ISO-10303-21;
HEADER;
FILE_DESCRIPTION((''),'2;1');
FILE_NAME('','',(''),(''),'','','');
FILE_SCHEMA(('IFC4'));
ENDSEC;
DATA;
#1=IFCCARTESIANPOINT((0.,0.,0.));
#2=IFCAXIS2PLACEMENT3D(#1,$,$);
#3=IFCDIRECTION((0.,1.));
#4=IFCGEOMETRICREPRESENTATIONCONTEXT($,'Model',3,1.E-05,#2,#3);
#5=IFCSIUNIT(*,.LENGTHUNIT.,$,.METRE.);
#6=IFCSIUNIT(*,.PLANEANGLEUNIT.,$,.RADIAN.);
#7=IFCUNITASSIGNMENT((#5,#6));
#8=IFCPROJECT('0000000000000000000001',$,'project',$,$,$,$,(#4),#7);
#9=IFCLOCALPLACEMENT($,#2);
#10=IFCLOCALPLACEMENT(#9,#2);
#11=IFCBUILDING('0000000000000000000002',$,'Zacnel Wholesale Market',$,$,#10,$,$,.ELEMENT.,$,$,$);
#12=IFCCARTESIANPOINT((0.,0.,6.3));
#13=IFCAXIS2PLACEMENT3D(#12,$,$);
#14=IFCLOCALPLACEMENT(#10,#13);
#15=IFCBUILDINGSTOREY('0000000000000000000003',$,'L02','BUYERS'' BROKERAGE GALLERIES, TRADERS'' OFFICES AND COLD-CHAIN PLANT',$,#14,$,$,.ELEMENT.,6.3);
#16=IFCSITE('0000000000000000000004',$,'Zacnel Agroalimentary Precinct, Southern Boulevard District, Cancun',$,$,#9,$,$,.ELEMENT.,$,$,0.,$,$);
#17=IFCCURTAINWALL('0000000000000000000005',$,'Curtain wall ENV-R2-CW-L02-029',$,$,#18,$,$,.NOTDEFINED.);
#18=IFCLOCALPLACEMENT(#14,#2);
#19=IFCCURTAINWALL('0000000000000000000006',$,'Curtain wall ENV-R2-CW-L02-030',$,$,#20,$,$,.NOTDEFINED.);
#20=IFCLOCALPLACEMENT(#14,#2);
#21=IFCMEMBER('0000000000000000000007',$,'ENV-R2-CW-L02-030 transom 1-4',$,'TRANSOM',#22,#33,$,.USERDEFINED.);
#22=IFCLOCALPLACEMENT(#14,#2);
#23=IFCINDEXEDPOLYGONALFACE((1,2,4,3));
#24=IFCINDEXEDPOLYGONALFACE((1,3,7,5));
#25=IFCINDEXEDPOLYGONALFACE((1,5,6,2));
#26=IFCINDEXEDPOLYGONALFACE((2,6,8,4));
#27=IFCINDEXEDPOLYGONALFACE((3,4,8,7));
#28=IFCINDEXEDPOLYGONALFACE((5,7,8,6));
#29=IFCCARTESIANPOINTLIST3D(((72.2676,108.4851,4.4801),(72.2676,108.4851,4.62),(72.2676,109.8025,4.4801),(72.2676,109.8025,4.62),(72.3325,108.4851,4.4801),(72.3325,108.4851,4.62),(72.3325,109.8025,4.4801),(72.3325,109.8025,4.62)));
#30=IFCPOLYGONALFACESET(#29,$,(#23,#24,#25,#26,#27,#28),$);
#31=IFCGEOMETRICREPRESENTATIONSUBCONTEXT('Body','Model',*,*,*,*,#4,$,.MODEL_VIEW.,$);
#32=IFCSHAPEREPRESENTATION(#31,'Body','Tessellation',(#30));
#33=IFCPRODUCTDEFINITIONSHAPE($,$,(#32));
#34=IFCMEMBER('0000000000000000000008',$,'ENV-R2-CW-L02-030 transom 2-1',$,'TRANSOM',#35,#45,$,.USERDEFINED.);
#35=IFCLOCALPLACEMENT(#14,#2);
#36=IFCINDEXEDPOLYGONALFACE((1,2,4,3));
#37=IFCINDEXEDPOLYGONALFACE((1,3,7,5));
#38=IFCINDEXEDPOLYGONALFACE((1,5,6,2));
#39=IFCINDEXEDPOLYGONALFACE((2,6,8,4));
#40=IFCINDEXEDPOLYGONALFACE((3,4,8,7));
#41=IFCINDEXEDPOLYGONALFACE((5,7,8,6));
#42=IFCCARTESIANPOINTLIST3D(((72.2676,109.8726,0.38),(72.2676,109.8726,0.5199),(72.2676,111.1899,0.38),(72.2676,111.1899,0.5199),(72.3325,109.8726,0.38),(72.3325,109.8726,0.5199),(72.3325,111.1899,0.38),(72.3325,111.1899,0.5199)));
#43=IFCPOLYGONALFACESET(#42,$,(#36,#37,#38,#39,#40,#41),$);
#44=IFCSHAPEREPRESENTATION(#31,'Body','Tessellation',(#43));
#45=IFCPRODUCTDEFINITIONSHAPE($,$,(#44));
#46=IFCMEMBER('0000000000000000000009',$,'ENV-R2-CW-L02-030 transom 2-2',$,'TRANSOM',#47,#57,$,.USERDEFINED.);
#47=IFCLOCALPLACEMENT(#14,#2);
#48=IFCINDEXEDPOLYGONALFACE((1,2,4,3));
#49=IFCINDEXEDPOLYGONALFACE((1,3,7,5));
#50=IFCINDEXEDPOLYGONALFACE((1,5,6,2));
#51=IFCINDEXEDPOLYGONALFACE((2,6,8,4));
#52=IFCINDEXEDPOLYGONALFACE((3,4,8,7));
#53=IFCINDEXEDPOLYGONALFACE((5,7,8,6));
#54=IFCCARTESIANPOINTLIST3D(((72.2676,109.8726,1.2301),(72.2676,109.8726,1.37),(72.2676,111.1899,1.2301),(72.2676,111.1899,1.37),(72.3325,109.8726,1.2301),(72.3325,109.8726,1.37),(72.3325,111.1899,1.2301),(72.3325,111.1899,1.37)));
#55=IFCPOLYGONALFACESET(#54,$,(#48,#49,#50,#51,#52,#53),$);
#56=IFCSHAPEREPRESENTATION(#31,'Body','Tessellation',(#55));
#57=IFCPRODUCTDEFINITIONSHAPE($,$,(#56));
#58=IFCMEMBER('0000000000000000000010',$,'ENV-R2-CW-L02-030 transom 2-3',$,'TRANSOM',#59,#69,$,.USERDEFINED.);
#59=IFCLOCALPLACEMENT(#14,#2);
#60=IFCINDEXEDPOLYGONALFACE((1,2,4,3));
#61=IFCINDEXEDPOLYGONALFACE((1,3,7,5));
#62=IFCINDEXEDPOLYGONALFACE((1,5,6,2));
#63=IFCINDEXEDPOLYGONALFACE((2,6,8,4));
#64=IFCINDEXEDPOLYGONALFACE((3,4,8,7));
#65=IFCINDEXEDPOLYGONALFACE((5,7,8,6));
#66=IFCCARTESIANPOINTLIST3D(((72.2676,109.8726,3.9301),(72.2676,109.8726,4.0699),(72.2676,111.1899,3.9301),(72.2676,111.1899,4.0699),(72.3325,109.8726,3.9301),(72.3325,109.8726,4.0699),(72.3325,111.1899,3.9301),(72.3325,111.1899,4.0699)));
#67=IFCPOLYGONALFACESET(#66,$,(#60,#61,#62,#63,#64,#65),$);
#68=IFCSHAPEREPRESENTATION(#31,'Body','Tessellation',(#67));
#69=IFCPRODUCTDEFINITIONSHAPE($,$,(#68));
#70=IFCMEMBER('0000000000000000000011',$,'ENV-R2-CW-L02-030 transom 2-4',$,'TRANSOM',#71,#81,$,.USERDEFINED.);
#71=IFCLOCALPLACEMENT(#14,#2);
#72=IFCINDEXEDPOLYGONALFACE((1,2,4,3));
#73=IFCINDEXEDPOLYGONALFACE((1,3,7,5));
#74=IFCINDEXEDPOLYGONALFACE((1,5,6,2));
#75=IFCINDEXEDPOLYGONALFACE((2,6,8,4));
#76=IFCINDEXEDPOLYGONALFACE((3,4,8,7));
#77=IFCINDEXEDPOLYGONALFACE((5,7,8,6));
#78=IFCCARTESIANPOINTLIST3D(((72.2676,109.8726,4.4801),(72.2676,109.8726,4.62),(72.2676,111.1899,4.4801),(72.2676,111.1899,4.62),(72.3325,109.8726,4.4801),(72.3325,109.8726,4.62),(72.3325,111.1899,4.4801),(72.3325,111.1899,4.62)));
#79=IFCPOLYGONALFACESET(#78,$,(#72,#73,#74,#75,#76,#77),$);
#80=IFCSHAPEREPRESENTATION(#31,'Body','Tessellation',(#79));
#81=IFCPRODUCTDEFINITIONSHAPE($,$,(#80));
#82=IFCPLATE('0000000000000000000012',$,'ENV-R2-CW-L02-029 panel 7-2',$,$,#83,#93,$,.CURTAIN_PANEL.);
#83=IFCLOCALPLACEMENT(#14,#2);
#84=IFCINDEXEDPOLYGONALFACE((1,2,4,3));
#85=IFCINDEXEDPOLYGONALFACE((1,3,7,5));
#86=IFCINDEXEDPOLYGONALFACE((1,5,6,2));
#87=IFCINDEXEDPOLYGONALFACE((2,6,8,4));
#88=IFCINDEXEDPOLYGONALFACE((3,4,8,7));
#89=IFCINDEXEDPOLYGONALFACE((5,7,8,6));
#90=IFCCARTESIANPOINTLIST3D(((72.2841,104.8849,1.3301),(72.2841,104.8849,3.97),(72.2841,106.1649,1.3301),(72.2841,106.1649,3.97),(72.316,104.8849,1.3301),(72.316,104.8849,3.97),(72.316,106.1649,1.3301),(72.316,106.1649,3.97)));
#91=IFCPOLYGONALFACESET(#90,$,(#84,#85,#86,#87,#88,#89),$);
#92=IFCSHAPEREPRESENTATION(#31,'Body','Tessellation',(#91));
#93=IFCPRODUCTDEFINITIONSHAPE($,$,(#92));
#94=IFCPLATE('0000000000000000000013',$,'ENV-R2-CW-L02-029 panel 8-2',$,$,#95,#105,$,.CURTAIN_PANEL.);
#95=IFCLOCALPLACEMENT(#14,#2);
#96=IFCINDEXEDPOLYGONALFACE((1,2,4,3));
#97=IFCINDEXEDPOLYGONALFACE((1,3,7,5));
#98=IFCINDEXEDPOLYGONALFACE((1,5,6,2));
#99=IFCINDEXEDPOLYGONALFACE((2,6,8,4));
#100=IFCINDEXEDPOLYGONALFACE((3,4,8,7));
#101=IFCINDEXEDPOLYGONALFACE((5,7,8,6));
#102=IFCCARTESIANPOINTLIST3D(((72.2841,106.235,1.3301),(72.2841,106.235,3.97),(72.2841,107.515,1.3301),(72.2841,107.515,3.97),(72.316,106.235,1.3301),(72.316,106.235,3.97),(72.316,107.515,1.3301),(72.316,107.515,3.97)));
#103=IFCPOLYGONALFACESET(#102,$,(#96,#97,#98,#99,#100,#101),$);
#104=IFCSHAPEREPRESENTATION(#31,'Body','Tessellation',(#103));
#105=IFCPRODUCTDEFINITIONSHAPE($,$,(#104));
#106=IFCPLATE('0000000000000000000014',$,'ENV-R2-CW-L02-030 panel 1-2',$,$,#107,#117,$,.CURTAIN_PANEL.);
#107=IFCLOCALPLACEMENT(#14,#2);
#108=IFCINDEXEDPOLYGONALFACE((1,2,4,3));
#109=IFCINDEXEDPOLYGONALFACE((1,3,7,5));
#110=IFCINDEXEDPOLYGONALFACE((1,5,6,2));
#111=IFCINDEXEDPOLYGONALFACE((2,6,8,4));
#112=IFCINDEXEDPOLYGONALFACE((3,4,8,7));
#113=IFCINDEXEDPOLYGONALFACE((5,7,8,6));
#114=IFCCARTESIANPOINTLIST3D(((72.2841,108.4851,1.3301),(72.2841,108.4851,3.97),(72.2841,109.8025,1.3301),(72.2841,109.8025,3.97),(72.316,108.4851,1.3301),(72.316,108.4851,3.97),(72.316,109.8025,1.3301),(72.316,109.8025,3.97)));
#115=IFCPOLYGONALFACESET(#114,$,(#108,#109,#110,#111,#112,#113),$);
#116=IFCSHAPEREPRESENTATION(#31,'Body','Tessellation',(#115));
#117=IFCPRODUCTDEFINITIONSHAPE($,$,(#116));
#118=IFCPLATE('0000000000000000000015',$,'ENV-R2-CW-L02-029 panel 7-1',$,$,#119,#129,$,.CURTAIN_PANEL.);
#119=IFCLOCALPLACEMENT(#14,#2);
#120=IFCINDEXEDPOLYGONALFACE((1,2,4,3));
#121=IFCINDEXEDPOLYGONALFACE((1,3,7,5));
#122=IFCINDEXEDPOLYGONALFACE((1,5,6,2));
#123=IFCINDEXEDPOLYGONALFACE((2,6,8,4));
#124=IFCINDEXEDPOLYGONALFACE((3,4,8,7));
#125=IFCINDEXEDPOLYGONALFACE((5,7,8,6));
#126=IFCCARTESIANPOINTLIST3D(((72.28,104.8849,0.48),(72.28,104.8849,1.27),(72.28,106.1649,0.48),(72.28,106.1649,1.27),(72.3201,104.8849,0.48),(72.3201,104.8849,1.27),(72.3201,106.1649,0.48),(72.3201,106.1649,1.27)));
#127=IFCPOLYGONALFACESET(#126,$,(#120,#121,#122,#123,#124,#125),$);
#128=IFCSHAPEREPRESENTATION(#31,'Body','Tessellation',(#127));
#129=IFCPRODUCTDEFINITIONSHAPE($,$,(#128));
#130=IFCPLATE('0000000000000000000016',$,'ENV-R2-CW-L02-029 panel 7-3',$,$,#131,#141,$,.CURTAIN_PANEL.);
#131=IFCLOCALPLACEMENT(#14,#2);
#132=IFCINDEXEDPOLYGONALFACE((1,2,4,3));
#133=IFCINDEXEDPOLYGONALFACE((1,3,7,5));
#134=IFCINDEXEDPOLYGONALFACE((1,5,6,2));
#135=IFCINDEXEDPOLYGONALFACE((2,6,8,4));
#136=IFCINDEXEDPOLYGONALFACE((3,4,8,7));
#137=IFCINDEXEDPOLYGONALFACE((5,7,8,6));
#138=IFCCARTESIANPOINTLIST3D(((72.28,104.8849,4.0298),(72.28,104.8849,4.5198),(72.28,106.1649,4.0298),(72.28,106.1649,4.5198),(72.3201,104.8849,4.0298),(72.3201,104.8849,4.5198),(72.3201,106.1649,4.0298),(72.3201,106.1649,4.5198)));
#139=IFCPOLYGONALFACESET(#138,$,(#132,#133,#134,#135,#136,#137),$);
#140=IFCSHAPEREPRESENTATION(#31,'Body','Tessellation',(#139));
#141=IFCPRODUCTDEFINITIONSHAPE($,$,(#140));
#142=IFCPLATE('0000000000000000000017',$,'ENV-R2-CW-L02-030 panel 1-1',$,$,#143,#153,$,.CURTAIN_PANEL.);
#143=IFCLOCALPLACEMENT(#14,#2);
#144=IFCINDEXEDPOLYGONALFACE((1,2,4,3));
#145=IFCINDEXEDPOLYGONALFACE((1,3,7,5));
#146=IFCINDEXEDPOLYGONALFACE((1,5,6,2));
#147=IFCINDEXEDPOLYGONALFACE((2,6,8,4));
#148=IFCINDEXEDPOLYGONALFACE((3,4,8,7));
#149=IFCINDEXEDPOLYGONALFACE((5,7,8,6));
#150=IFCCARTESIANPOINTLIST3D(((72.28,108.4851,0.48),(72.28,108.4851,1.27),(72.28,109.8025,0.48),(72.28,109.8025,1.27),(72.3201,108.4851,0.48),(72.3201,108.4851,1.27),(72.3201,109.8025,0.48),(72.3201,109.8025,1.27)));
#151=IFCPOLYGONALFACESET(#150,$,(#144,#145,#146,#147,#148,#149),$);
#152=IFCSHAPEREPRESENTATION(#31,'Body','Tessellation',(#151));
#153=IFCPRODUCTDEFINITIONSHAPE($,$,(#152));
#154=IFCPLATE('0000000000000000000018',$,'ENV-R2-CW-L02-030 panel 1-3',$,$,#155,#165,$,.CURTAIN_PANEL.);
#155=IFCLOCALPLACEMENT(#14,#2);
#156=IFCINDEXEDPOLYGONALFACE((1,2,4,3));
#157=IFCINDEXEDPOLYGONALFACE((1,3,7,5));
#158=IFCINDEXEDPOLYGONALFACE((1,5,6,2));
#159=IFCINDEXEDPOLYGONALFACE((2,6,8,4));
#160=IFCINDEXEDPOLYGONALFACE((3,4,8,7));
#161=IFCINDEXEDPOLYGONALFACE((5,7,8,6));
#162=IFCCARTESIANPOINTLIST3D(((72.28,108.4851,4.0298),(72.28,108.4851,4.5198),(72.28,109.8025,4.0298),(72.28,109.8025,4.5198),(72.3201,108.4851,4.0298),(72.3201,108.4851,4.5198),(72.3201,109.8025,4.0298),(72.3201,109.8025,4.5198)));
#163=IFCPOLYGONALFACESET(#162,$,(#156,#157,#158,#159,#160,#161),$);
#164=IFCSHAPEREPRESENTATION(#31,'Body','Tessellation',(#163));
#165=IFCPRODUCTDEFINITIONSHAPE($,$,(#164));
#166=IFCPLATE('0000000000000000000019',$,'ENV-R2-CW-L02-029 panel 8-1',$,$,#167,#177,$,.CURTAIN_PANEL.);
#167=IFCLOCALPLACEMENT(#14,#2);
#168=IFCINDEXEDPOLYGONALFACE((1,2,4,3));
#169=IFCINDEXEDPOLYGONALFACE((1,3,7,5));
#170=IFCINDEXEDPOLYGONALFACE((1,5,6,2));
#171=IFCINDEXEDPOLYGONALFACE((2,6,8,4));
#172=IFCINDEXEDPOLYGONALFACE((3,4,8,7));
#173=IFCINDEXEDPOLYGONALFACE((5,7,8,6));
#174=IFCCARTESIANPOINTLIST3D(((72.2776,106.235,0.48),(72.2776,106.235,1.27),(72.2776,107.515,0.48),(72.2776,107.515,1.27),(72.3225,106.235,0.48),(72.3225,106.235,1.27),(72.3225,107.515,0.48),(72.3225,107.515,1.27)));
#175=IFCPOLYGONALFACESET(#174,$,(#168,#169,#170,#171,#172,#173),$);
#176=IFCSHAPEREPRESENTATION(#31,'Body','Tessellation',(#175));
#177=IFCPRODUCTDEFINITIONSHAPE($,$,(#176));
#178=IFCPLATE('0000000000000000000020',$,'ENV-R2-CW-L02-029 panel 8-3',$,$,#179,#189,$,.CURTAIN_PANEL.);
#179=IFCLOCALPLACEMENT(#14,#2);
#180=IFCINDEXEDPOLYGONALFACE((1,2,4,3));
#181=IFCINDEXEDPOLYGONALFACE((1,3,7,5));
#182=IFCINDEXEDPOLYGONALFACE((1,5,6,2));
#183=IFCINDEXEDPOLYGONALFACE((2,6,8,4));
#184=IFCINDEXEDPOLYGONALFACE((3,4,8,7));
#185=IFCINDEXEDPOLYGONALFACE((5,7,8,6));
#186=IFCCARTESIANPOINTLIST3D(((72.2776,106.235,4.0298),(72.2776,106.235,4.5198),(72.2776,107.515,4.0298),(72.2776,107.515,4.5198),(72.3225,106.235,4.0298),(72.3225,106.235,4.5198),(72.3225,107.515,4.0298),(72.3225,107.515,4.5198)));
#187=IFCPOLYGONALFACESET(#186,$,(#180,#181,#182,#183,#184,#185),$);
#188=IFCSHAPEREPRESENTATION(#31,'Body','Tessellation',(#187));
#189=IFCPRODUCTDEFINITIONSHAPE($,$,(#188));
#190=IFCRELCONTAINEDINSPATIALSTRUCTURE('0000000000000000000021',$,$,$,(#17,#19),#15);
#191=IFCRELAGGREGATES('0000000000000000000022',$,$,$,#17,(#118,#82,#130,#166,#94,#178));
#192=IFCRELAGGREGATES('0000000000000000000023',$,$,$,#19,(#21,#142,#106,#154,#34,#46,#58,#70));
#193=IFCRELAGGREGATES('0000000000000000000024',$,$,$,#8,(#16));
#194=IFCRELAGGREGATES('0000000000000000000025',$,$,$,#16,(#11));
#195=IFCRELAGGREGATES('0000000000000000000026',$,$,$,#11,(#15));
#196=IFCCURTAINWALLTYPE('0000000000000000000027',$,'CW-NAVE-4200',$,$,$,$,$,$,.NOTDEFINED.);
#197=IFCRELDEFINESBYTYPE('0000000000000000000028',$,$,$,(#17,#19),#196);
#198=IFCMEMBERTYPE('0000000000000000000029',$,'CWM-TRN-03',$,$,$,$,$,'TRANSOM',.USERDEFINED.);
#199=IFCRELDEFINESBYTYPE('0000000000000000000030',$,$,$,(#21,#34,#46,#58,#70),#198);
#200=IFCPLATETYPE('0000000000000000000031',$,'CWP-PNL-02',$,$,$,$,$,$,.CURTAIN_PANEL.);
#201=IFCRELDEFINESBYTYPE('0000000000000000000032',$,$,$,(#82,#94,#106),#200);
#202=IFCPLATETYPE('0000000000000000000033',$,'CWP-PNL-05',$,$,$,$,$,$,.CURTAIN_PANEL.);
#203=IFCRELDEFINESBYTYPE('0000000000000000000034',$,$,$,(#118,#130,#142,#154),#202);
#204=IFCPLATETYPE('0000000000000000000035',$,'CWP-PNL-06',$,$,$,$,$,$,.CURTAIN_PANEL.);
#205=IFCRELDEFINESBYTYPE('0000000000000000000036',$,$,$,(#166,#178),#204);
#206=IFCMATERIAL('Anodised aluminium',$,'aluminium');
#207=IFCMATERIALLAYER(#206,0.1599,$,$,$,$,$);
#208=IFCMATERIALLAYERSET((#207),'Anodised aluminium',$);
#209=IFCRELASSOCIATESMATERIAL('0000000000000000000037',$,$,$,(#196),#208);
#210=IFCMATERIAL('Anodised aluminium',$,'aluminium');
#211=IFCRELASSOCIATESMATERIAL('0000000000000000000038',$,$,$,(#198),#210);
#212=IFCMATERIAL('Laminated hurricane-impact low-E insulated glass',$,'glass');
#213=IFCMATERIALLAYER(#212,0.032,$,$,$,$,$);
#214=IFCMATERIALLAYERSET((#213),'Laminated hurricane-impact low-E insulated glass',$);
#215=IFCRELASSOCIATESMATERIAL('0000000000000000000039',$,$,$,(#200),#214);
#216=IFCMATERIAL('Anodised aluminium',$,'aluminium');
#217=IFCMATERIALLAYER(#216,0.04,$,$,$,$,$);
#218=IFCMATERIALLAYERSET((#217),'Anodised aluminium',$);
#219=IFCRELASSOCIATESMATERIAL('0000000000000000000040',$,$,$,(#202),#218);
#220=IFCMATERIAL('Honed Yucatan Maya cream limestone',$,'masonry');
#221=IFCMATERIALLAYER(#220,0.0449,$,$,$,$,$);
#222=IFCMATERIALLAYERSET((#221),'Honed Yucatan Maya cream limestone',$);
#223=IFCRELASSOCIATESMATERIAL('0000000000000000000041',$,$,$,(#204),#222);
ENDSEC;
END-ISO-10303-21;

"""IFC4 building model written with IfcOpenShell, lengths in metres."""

from ifc_helpers import new_model, si_unit, direction, frame, origin, origin_2d, place, context, subcontext, project, spatial, rectangle, extrude, material, layer, layer_set, material_profile, profile_set, type_object, element, aggregate, save


model = new_model("IFC4")

# Units and contexts
model_context = context("Model", 3, precision=1e-05, world=origin(), true_north=direction((0.0, 1.0)))
body_context = subcontext(model_context, "Body", "Model", "MODEL_VIEW")
ifc_project = project(units=[si_unit("LENGTHUNIT", "METRE"), si_unit("PLANEANGLEUNIT", "RADIAN")], contexts=[model_context])

# Site, building, storey
site_placement = place(None, origin())
site = spatial("IfcSite", under=ifc_project, at=site_placement, Name="Zacnel Agroalimentary Precinct, Southern Boulevard District, Cancun", CompositionType="ELEMENT", RefElevation=0.0)
building_placement = place(site_placement, origin())
building = spatial("IfcBuilding", under=site, at=building_placement, Name="Zacnel Wholesale Market", CompositionType="ELEMENT")
storey_placement = place(building_placement, frame((0.0, 0.0, 6.3)))
storey = spatial("IfcBuildingStorey", under=building, at=storey_placement, Name="L02", Description="BUYERS' BROKERAGE GALLERIES, TRADERS' OFFICES AND COLD-CHAIN PLANT", CompositionType="ELEMENT", Elevation=6.3)

# Curtain walls
ifc_material_1 = material(Name="Anodised aluminium", Category="aluminium")
ifc_layer_1 = layer(ifc_material_1, 0.1599)
ifc_layer_set_1 = layer_set([ifc_layer_1], Name="Anodised aluminium")
curtain_wall_type = type_object("IfcCurtainWallType", Name="CW-NAVE-4200", PredefinedType="NOTDEFINED", material=ifc_layer_set_1)
curtain_wall_1_placement = place(storey_placement, origin())
curtain_wall_1 = element("IfcCurtainWall", 1, at=curtain_wall_1_placement, inside=storey, type_object=curtain_wall_type, Name="Curtain wall ENV-R2-CW-L02-029", PredefinedType="NOTDEFINED")
curtain_wall_2_placement = place(storey_placement, origin())
curtain_wall_2 = element("IfcCurtainWall", 2, at=curtain_wall_2_placement, inside=storey, type_object=curtain_wall_type, Name="Curtain wall ENV-R2-CW-L02-030", PredefinedType="NOTDEFINED")

# Members
ifc_material_2 = material(Name="Anodised aluminium", Category="aluminium")
ifc_material_profile_1 = material_profile(ifc_material_2, rectangle(XDim=0.0649, YDim=0.1399, at=origin_2d()), Name="AW-TRANSOM 65x140")
ifc_profile_set_1 = profile_set([ifc_material_profile_1], Name="Anodised aluminium")
member_type_1 = type_object("IfcMemberType", Name="CWM-TRN-03", ElementType="TRANSOM", PredefinedType="USERDEFINED", material=ifc_profile_set_1)
member_1_placement = place(storey_placement, frame((72.3, 108.4851, 4.55), z_axis=(0.0, 1.0, 0.0), x_axis=(-1.0, 0.0, 0.0)))
member_1 = element("IfcMember", 3, at=member_1_placement, type_object=member_type_1, Name="ENV-R2-CW-L02-030 transom 1-4", ObjectType="TRANSOM", PredefinedType="USERDEFINED", context=body_context, shape_type="SweptSolid", body=[
    extrude(rectangle(XDim=0.0649, YDim=0.1399, at=origin_2d()), origin(), (0.0, 0.0, 1.0), 1.3174),
])
member_2_placement = place(storey_placement, frame((72.3, 109.8726, 0.45), z_axis=(0.0, 1.0, 0.0), x_axis=(-1.0, 0.0, 0.0)))
member_2 = element("IfcMember", 4, at=member_2_placement, type_object=member_type_1, Name="ENV-R2-CW-L02-030 transom 2-1", ObjectType="TRANSOM", PredefinedType="USERDEFINED", context=body_context, shape_type="SweptSolid", body=[
    extrude(rectangle(XDim=0.0649, YDim=0.1399, at=origin_2d()), origin(), (0.0, 0.0, 1.0), 1.3174),
])
member_3_placement = place(storey_placement, frame((72.3, 109.8726, 1.3), z_axis=(0.0, 1.0, 0.0), x_axis=(-1.0, 0.0, 0.0)))
member_3 = element("IfcMember", 5, at=member_3_placement, type_object=member_type_1, Name="ENV-R2-CW-L02-030 transom 2-2", ObjectType="TRANSOM", PredefinedType="USERDEFINED", context=body_context, shape_type="SweptSolid", body=[
    extrude(rectangle(XDim=0.0649, YDim=0.1399, at=origin_2d()), origin(), (0.0, 0.0, 1.0), 1.3174),
])
member_4_placement = place(storey_placement, frame((72.3, 109.8726, 4.0), z_axis=(0.0, 1.0, 0.0), x_axis=(-1.0, 0.0, 0.0)))
member_4 = element("IfcMember", 6, at=member_4_placement, type_object=member_type_1, Name="ENV-R2-CW-L02-030 transom 2-3", ObjectType="TRANSOM", PredefinedType="USERDEFINED", context=body_context, shape_type="SweptSolid", body=[
    extrude(rectangle(XDim=0.0649, YDim=0.1399, at=origin_2d()), origin(), (0.0, 0.0, 1.0), 1.3174),
])
member_5_placement = place(storey_placement, frame((72.3, 109.8726, 4.55), z_axis=(0.0, 1.0, 0.0), x_axis=(-1.0, 0.0, 0.0)))
member_5 = element("IfcMember", 7, at=member_5_placement, type_object=member_type_1, Name="ENV-R2-CW-L02-030 transom 2-4", ObjectType="TRANSOM", PredefinedType="USERDEFINED", context=body_context, shape_type="SweptSolid", body=[
    extrude(rectangle(XDim=0.0649, YDim=0.1399, at=origin_2d()), origin(), (0.0, 0.0, 1.0), 1.3174),
])

# Plates
ifc_material_3 = material(Name="Laminated hurricane-impact low-E insulated glass", Category="glass")
ifc_layer_2 = layer(ifc_material_3, 0.032)
ifc_layer_set_2 = layer_set([ifc_layer_2], Name="Laminated hurricane-impact low-E insulated glass")
plate_type_1 = type_object("IfcPlateType", Name="CWP-PNL-02", PredefinedType="CURTAIN_PANEL", material=ifc_layer_set_2)
plate_1_placement = place(storey_placement, frame((72.3, 105.5249, 1.3301), z_axis=(0.0, 0.0, 1.0), x_axis=(0.0, 1.0, 0.0)))
plate_1 = element("IfcPlate", 8, at=plate_1_placement, type_object=plate_type_1, Name="ENV-R2-CW-L02-029 panel 7-2", PredefinedType="CURTAIN_PANEL", context=body_context, shape_type="SweptSolid", body=[
    extrude(rectangle(XDim=1.28, YDim=0.032, at=origin_2d()), origin(), (0.0, 0.0, 1.0), 2.6399),
])
plate_2_placement = place(storey_placement, frame((72.3, 106.875, 1.3301), z_axis=(0.0, 0.0, 1.0), x_axis=(0.0, 1.0, 0.0)))
plate_2 = element("IfcPlate", 9, at=plate_2_placement, type_object=plate_type_1, Name="ENV-R2-CW-L02-029 panel 8-2", PredefinedType="CURTAIN_PANEL", context=body_context, shape_type="SweptSolid", body=[
    extrude(rectangle(XDim=1.28, YDim=0.032, at=origin_2d()), origin(), (0.0, 0.0, 1.0), 2.6399),
])
plate_3_placement = place(storey_placement, frame((72.3, 109.1438, 1.3301), z_axis=(0.0, 0.0, 1.0), x_axis=(0.0, 1.0, 0.0)))
plate_3 = element("IfcPlate", 10, at=plate_3_placement, type_object=plate_type_1, Name="ENV-R2-CW-L02-030 panel 1-2", PredefinedType="CURTAIN_PANEL", context=body_context, shape_type="SweptSolid", body=[
    extrude(rectangle(XDim=1.3174, YDim=0.032, at=origin_2d()), origin(), (0.0, 0.0, 1.0), 2.6399),
])
ifc_material_4 = material(Name="Anodised aluminium", Category="aluminium")
ifc_layer_3 = layer(ifc_material_4, 0.04)
ifc_layer_set_3 = layer_set([ifc_layer_3], Name="Anodised aluminium")
plate_type_2 = type_object("IfcPlateType", Name="CWP-PNL-05", PredefinedType="CURTAIN_PANEL", material=ifc_layer_set_3)
plate_4_placement = place(storey_placement, frame((72.3, 105.5249, 0.48), z_axis=(0.0, 0.0, 1.0), x_axis=(0.0, 1.0, 0.0)))
plate_4 = element("IfcPlate", 11, at=plate_4_placement, type_object=plate_type_2, Name="ENV-R2-CW-L02-029 panel 7-1", PredefinedType="CURTAIN_PANEL", context=body_context, shape_type="SweptSolid", body=[
    extrude(rectangle(XDim=1.28, YDim=0.04, at=origin_2d()), origin(), (0.0, 0.0, 1.0), 0.79),
])
plate_5_placement = place(storey_placement, frame((72.3, 105.5249, 4.0298), z_axis=(0.0, 0.0, 1.0), x_axis=(0.0, 1.0, 0.0)))
plate_5 = element("IfcPlate", 12, at=plate_5_placement, type_object=plate_type_2, Name="ENV-R2-CW-L02-029 panel 7-3", PredefinedType="CURTAIN_PANEL", context=body_context, shape_type="SweptSolid", body=[
    extrude(rectangle(XDim=1.28, YDim=0.04, at=origin_2d()), origin(), (0.0, 0.0, 1.0), 0.49),
])
plate_6_placement = place(storey_placement, frame((72.3, 109.1438, 0.48), z_axis=(0.0, 0.0, 1.0), x_axis=(0.0, 1.0, 0.0)))
plate_6 = element("IfcPlate", 13, at=plate_6_placement, type_object=plate_type_2, Name="ENV-R2-CW-L02-030 panel 1-1", PredefinedType="CURTAIN_PANEL", context=body_context, shape_type="SweptSolid", body=[
    extrude(rectangle(XDim=1.3174, YDim=0.04, at=origin_2d()), origin(), (0.0, 0.0, 1.0), 0.79),
])
plate_7_placement = place(storey_placement, frame((72.3, 109.1438, 4.0298), z_axis=(0.0, 0.0, 1.0), x_axis=(0.0, 1.0, 0.0)))
plate_7 = element("IfcPlate", 14, at=plate_7_placement, type_object=plate_type_2, Name="ENV-R2-CW-L02-030 panel 1-3", PredefinedType="CURTAIN_PANEL", context=body_context, shape_type="SweptSolid", body=[
    extrude(rectangle(XDim=1.3174, YDim=0.04, at=origin_2d()), origin(), (0.0, 0.0, 1.0), 0.49),
])
ifc_material_5 = material(Name="Honed Yucatan Maya cream limestone", Category="masonry")
ifc_layer_4 = layer(ifc_material_5, 0.0449)
ifc_layer_set_4 = layer_set([ifc_layer_4], Name="Honed Yucatan Maya cream limestone")
plate_type_3 = type_object("IfcPlateType", Name="CWP-PNL-06", PredefinedType="CURTAIN_PANEL", material=ifc_layer_set_4)
plate_8_placement = place(storey_placement, frame((72.3, 106.875, 0.48), z_axis=(0.0, 0.0, 1.0), x_axis=(0.0, 1.0, 0.0)))
plate_8 = element("IfcPlate", 15, at=plate_8_placement, type_object=plate_type_3, Name="ENV-R2-CW-L02-029 panel 8-1", PredefinedType="CURTAIN_PANEL", context=body_context, shape_type="SweptSolid", body=[
    extrude(rectangle(XDim=1.28, YDim=0.0449, at=origin_2d()), origin(), (0.0, 0.0, 1.0), 0.79),
])
plate_9_placement = place(storey_placement, frame((72.3, 106.875, 4.0298), z_axis=(0.0, 0.0, 1.0), x_axis=(0.0, 1.0, 0.0)))
plate_9 = element("IfcPlate", 16, at=plate_9_placement, type_object=plate_type_3, Name="ENV-R2-CW-L02-029 panel 8-3", PredefinedType="CURTAIN_PANEL", context=body_context, shape_type="SweptSolid", body=[
    extrude(rectangle(XDim=1.28, YDim=0.0449, at=origin_2d()), origin(), (0.0, 0.0, 1.0), 0.49),
])
aggregate(curtain_wall_1, [plate_4, plate_1, plate_5, plate_8, plate_2, plate_9])
aggregate(curtain_wall_2, [member_1, plate_6, plate_3, plate_7, member_2, member_3, member_4, member_5])

save(model, "model.ifc")
